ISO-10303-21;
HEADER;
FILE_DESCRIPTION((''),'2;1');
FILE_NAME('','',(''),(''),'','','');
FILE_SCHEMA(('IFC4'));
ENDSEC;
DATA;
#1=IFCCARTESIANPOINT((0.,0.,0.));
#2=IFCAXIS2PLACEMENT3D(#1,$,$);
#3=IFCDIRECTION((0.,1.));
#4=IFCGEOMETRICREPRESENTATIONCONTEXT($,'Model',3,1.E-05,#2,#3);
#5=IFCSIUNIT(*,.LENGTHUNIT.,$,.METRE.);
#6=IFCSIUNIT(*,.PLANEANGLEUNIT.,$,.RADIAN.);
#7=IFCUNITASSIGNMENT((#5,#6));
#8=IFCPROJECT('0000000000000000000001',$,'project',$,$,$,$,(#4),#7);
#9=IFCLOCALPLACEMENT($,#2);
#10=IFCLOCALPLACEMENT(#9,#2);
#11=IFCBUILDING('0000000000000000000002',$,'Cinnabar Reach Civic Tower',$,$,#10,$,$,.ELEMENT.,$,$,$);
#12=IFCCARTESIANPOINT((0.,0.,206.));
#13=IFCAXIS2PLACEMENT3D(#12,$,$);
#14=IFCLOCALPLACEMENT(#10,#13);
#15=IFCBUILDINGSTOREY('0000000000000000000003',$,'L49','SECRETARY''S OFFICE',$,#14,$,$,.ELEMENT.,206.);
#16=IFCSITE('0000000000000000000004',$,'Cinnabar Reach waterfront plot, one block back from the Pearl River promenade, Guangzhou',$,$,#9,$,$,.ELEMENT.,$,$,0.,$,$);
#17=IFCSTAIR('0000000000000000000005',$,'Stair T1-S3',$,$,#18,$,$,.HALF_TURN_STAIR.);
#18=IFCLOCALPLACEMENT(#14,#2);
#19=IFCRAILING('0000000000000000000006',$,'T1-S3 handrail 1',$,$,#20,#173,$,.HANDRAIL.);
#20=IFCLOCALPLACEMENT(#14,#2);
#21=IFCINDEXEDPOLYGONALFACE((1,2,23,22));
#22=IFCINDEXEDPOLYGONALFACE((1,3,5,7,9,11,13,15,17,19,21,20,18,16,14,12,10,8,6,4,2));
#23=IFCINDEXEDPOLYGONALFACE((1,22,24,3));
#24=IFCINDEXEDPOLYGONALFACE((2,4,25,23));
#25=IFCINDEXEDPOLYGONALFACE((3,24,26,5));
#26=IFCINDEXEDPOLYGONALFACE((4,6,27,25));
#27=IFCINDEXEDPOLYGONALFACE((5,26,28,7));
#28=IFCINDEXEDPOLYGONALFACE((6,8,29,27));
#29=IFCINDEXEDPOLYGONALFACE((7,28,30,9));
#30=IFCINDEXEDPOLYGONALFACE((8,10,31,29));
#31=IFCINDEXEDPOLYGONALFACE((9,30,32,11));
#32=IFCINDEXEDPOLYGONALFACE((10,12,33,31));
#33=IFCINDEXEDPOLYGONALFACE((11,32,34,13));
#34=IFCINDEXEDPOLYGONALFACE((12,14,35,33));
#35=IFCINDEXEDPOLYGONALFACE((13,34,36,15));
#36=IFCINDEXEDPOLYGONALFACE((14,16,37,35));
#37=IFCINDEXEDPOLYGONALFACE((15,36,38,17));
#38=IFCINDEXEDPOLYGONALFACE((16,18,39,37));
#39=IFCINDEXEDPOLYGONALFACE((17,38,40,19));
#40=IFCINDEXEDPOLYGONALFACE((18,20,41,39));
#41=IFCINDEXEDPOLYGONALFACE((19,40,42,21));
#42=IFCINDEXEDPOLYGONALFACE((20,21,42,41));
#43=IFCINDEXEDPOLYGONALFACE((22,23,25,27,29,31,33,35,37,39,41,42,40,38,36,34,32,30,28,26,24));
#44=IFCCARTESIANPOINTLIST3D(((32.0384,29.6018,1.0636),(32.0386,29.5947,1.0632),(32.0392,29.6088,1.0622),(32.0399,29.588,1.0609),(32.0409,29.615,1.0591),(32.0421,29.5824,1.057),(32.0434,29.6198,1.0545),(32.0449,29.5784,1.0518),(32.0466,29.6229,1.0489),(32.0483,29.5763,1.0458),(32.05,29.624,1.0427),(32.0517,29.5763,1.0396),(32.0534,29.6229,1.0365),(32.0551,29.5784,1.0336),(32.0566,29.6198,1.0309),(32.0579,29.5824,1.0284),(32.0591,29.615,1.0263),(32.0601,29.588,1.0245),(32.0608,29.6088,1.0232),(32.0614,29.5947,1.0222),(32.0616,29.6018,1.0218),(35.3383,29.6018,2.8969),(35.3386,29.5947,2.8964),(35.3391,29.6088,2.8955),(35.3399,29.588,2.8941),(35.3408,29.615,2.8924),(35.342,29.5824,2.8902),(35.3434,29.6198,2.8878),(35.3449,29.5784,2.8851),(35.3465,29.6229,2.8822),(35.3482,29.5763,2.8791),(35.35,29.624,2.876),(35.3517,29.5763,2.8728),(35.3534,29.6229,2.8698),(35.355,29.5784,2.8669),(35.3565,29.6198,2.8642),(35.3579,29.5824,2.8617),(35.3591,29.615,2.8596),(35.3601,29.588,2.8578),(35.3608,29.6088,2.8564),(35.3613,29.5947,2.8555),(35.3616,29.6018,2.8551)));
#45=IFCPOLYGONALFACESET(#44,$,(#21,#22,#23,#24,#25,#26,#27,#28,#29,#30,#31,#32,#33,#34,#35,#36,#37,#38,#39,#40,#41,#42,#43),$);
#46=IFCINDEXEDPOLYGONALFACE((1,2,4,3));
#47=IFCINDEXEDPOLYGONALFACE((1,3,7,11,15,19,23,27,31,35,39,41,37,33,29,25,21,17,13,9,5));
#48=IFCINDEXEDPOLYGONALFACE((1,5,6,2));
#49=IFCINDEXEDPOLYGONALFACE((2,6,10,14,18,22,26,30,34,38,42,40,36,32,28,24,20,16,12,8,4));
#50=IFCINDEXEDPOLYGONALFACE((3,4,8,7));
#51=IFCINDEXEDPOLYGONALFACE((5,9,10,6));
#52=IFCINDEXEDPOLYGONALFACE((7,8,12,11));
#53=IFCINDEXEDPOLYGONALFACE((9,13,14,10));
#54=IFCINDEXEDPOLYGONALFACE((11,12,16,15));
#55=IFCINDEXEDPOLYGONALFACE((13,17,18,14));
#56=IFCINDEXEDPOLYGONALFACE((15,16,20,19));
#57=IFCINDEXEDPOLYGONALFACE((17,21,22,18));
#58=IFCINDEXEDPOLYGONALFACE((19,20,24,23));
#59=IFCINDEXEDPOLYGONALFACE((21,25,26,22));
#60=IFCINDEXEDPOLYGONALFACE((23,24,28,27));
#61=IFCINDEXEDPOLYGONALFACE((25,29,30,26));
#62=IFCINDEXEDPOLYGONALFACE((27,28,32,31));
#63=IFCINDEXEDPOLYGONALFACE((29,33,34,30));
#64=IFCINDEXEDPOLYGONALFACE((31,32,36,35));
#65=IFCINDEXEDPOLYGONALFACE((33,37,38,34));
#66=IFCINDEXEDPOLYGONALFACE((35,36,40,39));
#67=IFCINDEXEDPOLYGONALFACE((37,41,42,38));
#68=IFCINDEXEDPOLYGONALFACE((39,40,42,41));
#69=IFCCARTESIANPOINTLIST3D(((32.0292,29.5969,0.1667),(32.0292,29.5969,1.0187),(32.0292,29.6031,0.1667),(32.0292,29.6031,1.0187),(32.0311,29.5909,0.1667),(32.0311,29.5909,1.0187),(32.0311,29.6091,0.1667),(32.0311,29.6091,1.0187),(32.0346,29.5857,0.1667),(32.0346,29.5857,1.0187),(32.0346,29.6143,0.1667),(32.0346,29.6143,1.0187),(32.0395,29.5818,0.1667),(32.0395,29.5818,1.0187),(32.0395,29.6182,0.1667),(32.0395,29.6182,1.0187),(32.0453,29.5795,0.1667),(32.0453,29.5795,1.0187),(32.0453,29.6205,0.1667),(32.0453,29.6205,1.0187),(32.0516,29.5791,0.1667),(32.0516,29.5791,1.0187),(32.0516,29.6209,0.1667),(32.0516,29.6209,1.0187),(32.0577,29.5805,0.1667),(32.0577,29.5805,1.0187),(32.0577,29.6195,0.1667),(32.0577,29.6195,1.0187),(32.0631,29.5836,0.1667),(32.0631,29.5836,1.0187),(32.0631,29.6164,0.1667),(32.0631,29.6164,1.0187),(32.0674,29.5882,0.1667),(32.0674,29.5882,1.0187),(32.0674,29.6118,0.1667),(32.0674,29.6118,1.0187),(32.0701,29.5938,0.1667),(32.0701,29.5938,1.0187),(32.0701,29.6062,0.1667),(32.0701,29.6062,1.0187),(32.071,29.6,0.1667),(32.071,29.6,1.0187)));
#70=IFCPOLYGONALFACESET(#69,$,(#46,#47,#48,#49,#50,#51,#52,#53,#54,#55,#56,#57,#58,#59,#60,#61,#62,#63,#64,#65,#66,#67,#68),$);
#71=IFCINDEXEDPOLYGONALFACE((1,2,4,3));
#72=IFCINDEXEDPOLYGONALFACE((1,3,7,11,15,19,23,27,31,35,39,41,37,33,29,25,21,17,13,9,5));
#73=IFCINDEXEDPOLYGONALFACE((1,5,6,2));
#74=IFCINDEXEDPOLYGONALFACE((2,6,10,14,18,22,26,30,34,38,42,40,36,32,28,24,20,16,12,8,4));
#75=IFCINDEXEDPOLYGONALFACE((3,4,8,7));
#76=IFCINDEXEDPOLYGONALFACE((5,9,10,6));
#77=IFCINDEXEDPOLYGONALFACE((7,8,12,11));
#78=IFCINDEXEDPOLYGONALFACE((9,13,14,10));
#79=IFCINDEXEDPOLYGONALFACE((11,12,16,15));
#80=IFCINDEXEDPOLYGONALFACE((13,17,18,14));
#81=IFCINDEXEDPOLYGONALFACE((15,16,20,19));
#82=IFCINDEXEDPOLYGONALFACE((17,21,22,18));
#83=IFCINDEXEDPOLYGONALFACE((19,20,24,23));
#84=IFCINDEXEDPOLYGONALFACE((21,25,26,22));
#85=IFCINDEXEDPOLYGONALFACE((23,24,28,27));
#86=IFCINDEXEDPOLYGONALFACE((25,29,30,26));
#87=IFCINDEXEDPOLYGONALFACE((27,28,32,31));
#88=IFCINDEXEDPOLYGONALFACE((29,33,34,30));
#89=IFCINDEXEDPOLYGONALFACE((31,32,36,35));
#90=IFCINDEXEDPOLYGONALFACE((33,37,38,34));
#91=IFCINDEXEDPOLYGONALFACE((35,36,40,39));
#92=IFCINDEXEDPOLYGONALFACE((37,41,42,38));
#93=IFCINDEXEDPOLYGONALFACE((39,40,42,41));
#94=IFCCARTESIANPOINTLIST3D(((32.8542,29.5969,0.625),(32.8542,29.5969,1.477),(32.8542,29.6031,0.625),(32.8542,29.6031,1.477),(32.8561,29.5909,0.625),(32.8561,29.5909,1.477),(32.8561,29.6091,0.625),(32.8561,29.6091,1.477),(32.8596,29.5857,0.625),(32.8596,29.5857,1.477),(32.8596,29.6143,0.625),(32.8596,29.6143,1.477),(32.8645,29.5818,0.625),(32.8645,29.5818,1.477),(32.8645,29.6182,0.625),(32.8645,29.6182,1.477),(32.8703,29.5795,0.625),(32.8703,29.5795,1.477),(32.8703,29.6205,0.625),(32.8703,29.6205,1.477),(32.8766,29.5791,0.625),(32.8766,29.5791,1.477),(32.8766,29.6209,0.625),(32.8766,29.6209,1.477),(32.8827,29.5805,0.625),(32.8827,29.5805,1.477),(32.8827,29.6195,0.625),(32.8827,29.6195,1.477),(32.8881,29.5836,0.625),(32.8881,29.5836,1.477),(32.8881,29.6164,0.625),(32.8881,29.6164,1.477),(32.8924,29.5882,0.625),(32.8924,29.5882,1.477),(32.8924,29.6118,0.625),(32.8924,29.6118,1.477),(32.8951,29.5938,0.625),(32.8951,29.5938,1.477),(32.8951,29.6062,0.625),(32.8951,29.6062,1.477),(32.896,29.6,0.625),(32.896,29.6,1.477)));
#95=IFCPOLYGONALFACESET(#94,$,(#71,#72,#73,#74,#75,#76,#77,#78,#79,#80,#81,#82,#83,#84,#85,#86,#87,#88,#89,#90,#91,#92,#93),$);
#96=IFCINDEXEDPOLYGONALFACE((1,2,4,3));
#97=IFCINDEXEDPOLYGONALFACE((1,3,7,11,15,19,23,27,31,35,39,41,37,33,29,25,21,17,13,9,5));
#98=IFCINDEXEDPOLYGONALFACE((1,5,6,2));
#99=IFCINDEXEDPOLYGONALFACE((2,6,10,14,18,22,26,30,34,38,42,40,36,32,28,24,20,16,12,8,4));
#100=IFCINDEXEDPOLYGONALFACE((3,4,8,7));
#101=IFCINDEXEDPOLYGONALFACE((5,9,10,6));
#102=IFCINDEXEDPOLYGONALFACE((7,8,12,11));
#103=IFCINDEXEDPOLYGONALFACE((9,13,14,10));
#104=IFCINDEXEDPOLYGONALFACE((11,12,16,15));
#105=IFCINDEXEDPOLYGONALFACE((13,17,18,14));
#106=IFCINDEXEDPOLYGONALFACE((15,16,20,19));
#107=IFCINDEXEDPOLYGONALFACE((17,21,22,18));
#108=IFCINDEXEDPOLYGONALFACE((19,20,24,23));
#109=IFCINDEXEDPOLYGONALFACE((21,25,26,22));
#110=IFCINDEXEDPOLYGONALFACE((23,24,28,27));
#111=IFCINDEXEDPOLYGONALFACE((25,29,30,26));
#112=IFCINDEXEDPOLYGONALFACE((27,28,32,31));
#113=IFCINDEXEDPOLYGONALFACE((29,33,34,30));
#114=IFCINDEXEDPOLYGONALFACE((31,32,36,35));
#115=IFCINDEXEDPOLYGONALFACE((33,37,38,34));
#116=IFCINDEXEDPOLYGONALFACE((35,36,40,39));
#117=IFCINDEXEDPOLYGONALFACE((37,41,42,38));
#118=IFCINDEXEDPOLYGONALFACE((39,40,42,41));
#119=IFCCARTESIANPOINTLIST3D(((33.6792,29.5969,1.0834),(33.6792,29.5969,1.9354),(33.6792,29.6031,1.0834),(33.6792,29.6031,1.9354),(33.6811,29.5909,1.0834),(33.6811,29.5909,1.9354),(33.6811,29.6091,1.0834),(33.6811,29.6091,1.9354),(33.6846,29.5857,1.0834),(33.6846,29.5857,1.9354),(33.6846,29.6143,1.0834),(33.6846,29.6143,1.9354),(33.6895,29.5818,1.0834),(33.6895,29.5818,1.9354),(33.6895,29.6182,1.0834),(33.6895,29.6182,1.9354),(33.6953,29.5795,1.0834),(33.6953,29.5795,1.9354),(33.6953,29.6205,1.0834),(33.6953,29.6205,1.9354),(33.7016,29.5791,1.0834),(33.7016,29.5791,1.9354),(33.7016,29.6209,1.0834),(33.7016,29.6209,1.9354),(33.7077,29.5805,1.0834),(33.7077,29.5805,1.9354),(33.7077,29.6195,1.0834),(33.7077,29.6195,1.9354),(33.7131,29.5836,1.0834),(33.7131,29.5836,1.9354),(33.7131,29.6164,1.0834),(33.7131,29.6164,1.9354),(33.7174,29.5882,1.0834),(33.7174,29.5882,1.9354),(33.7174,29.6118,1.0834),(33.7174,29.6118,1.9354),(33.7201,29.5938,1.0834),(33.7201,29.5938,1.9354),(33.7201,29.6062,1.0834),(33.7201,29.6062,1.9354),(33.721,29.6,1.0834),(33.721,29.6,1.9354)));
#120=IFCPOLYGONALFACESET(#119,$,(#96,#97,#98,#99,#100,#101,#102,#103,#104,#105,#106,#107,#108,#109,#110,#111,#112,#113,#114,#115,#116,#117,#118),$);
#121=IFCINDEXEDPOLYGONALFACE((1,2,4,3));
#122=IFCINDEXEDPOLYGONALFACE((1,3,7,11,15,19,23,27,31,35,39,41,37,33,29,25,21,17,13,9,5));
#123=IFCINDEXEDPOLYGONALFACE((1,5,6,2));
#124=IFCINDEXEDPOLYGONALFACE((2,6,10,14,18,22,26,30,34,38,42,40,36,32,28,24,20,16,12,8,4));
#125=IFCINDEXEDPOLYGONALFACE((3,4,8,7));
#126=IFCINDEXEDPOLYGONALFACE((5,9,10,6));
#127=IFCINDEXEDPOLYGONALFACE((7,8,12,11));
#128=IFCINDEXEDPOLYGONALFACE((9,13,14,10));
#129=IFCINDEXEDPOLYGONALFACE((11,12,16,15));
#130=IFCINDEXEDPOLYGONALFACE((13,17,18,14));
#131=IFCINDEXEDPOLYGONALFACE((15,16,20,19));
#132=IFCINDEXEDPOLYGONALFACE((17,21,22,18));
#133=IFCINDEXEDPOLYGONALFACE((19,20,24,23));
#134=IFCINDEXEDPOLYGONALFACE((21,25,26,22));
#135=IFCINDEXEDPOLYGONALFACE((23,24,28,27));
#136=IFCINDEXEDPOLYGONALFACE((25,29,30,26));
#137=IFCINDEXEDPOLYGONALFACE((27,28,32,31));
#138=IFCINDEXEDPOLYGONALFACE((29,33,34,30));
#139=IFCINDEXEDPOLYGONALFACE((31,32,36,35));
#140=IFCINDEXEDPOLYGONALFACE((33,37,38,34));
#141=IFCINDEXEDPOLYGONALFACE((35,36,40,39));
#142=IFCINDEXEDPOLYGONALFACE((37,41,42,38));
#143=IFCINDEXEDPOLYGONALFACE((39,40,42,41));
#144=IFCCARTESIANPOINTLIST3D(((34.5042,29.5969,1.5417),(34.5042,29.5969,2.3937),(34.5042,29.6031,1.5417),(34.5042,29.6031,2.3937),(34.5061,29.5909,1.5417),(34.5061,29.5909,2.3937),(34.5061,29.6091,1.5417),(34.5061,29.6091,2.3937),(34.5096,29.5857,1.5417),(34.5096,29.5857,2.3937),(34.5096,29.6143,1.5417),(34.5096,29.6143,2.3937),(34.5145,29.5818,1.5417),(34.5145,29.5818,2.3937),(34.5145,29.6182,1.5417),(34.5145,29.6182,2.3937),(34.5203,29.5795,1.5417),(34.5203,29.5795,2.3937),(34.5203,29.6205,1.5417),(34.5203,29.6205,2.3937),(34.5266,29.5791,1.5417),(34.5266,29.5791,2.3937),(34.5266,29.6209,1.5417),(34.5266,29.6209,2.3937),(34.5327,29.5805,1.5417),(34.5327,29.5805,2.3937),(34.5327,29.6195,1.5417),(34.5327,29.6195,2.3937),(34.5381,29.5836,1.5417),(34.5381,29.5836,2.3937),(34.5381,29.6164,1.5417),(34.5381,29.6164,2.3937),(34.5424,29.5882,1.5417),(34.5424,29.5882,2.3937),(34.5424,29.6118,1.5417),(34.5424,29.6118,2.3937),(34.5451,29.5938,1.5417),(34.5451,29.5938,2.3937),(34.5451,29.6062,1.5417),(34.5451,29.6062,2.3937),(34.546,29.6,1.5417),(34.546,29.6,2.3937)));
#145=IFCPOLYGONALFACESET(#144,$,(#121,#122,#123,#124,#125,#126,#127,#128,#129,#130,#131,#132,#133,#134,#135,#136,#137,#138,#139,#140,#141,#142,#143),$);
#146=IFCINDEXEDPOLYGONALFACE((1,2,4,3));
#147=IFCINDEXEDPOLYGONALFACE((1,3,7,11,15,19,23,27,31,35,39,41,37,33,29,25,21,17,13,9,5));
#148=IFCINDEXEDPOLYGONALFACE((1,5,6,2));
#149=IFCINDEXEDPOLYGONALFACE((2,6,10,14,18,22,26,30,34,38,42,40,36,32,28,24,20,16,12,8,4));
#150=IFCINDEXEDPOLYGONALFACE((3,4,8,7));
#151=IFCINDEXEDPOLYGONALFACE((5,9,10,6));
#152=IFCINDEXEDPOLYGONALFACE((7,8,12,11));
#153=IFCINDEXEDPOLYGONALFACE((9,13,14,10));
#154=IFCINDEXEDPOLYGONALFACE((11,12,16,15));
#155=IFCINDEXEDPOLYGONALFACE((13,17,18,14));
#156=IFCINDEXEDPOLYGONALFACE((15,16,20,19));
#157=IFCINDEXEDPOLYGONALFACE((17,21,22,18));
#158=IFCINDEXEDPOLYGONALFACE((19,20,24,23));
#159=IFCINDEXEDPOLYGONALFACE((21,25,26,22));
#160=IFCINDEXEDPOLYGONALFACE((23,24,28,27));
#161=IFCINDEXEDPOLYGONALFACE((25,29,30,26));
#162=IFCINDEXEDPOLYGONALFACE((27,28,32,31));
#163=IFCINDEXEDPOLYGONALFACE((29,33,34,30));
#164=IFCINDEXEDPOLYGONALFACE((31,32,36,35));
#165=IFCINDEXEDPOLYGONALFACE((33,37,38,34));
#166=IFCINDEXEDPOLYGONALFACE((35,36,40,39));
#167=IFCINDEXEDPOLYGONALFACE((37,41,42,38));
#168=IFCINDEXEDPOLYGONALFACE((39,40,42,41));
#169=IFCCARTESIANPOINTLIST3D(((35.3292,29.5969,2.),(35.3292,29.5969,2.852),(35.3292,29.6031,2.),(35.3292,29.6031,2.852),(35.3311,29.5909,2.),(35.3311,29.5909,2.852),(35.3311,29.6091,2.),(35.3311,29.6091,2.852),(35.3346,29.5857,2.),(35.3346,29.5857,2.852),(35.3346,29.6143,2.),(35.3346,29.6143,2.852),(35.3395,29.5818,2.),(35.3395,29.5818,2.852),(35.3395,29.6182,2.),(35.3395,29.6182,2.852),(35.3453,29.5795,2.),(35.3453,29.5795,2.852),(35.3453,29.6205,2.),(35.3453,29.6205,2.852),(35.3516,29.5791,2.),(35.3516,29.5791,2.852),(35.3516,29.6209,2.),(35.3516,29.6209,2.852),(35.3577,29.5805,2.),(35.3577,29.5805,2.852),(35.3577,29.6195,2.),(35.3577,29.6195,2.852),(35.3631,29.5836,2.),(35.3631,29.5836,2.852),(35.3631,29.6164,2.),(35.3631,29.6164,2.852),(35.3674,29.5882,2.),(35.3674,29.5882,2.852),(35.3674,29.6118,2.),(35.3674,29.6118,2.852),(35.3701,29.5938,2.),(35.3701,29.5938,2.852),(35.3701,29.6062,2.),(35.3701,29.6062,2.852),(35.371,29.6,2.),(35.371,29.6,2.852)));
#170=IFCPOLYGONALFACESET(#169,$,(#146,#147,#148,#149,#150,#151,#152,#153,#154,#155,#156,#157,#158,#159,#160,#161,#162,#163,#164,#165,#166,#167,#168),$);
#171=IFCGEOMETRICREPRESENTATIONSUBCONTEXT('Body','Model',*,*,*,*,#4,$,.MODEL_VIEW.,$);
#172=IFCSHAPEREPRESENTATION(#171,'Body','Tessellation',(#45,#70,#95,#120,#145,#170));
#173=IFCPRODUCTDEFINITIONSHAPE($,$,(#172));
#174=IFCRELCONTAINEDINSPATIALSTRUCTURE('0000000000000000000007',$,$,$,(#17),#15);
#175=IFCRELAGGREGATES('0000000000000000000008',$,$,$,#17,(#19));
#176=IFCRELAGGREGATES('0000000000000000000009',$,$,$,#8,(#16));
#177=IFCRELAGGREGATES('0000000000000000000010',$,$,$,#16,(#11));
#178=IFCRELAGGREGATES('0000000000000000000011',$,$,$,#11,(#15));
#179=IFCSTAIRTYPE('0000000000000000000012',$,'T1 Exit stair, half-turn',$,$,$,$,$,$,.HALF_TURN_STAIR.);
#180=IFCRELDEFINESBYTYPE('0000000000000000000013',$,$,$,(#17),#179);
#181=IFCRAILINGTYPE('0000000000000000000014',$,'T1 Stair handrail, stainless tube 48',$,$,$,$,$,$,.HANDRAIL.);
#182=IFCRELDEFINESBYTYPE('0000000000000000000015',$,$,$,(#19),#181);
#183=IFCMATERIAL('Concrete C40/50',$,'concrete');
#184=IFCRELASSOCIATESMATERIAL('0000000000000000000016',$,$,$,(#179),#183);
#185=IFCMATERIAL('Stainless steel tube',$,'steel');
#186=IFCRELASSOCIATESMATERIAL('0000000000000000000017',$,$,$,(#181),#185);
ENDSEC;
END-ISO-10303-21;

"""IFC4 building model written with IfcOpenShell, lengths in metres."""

from ifc_helpers import new_model, si_unit, direction, frame, origin, origin_2d, place, context, subcontext, project, spatial, circle, extrude, material, type_object, element, aggregate, save


model = new_model("IFC4")

# Units and contexts
model_context = context("Model", 3, precision=1e-05, world=origin(), true_north=direction((0.0, 1.0)))
body_context = subcontext(model_context, "Body", "Model", "MODEL_VIEW")
ifc_project = project(units=[si_unit("LENGTHUNIT", "METRE"), si_unit("PLANEANGLEUNIT", "RADIAN")], contexts=[model_context])

# Site, building, storey
site_placement = place(None, origin())
site = spatial("IfcSite", under=ifc_project, at=site_placement, Name="Cinnabar Reach waterfront plot, one block back from the Pearl River promenade, Guangzhou", CompositionType="ELEMENT", RefElevation=0.0)
building_placement = place(site_placement, origin())
building = spatial("IfcBuilding", under=site, at=building_placement, Name="Cinnabar Reach Civic Tower", CompositionType="ELEMENT")
storey_placement = place(building_placement, frame((0.0, 0.0, 206.0)))
storey = spatial("IfcBuildingStorey", under=building, at=storey_placement, Name="L49", Description="SECRETARY'S OFFICE", CompositionType="ELEMENT", Elevation=206.0)

# Stair, railing
ifc_material_1 = material(Name="Concrete C40/50", Category="concrete")
stair_type = type_object("IfcStairType", Name="T1 Exit stair, half-turn", PredefinedType="HALF_TURN_STAIR", material=ifc_material_1)
stair_placement = place(storey_placement, origin())
stair = element("IfcStair", 1, at=stair_placement, inside=storey, type_object=stair_type, Name="Stair T1-S3", PredefinedType="HALF_TURN_STAIR")
ifc_material_2 = material(Name="Stainless steel tube", Category="steel")
railing_type = type_object("IfcRailingType", Name="T1 Stair handrail, stainless tube 48", PredefinedType="HANDRAIL", material=ifc_material_2)
railing_placement = place(storey_placement, frame((32.05, 29.6, 0.1667)))
railing = element("IfcRailing", 2, at=railing_placement, type_object=railing_type, Name="T1-S3 handrail 1", PredefinedType="HANDRAIL", context=body_context, shape_type="SweptSolid", body=[
    extrude(circle(Radius=0.024, at=origin_2d()), frame((0.0, 0.0, 0.876), z_axis=(0.874161, 0.0, 0.485636), x_axis=(0.0, 1.0, 0.0)), (0.0, 0.0, 1.0), 3.775),
    extrude(circle(Radius=0.021, at=origin_2d()), origin(), (0.0, 0.0, 1.0), 0.852),
    extrude(circle(Radius=0.021, at=origin_2d()), frame((0.825, 0.0, 0.4583)), (0.0, 0.0, 1.0), 0.852),
    extrude(circle(Radius=0.021, at=origin_2d()), frame((1.65, 0.0, 0.9167)), (0.0, 0.0, 1.0), 0.852),
    extrude(circle(Radius=0.021, at=origin_2d()), frame((2.475, 0.0, 1.375)), (0.0, 0.0, 1.0), 0.852),
    extrude(circle(Radius=0.021, at=origin_2d()), frame((3.3, 0.0, 1.8333)), (0.0, 0.0, 1.0), 0.852),
])
aggregate(stair, [railing])

save(model, "model.ifc")
